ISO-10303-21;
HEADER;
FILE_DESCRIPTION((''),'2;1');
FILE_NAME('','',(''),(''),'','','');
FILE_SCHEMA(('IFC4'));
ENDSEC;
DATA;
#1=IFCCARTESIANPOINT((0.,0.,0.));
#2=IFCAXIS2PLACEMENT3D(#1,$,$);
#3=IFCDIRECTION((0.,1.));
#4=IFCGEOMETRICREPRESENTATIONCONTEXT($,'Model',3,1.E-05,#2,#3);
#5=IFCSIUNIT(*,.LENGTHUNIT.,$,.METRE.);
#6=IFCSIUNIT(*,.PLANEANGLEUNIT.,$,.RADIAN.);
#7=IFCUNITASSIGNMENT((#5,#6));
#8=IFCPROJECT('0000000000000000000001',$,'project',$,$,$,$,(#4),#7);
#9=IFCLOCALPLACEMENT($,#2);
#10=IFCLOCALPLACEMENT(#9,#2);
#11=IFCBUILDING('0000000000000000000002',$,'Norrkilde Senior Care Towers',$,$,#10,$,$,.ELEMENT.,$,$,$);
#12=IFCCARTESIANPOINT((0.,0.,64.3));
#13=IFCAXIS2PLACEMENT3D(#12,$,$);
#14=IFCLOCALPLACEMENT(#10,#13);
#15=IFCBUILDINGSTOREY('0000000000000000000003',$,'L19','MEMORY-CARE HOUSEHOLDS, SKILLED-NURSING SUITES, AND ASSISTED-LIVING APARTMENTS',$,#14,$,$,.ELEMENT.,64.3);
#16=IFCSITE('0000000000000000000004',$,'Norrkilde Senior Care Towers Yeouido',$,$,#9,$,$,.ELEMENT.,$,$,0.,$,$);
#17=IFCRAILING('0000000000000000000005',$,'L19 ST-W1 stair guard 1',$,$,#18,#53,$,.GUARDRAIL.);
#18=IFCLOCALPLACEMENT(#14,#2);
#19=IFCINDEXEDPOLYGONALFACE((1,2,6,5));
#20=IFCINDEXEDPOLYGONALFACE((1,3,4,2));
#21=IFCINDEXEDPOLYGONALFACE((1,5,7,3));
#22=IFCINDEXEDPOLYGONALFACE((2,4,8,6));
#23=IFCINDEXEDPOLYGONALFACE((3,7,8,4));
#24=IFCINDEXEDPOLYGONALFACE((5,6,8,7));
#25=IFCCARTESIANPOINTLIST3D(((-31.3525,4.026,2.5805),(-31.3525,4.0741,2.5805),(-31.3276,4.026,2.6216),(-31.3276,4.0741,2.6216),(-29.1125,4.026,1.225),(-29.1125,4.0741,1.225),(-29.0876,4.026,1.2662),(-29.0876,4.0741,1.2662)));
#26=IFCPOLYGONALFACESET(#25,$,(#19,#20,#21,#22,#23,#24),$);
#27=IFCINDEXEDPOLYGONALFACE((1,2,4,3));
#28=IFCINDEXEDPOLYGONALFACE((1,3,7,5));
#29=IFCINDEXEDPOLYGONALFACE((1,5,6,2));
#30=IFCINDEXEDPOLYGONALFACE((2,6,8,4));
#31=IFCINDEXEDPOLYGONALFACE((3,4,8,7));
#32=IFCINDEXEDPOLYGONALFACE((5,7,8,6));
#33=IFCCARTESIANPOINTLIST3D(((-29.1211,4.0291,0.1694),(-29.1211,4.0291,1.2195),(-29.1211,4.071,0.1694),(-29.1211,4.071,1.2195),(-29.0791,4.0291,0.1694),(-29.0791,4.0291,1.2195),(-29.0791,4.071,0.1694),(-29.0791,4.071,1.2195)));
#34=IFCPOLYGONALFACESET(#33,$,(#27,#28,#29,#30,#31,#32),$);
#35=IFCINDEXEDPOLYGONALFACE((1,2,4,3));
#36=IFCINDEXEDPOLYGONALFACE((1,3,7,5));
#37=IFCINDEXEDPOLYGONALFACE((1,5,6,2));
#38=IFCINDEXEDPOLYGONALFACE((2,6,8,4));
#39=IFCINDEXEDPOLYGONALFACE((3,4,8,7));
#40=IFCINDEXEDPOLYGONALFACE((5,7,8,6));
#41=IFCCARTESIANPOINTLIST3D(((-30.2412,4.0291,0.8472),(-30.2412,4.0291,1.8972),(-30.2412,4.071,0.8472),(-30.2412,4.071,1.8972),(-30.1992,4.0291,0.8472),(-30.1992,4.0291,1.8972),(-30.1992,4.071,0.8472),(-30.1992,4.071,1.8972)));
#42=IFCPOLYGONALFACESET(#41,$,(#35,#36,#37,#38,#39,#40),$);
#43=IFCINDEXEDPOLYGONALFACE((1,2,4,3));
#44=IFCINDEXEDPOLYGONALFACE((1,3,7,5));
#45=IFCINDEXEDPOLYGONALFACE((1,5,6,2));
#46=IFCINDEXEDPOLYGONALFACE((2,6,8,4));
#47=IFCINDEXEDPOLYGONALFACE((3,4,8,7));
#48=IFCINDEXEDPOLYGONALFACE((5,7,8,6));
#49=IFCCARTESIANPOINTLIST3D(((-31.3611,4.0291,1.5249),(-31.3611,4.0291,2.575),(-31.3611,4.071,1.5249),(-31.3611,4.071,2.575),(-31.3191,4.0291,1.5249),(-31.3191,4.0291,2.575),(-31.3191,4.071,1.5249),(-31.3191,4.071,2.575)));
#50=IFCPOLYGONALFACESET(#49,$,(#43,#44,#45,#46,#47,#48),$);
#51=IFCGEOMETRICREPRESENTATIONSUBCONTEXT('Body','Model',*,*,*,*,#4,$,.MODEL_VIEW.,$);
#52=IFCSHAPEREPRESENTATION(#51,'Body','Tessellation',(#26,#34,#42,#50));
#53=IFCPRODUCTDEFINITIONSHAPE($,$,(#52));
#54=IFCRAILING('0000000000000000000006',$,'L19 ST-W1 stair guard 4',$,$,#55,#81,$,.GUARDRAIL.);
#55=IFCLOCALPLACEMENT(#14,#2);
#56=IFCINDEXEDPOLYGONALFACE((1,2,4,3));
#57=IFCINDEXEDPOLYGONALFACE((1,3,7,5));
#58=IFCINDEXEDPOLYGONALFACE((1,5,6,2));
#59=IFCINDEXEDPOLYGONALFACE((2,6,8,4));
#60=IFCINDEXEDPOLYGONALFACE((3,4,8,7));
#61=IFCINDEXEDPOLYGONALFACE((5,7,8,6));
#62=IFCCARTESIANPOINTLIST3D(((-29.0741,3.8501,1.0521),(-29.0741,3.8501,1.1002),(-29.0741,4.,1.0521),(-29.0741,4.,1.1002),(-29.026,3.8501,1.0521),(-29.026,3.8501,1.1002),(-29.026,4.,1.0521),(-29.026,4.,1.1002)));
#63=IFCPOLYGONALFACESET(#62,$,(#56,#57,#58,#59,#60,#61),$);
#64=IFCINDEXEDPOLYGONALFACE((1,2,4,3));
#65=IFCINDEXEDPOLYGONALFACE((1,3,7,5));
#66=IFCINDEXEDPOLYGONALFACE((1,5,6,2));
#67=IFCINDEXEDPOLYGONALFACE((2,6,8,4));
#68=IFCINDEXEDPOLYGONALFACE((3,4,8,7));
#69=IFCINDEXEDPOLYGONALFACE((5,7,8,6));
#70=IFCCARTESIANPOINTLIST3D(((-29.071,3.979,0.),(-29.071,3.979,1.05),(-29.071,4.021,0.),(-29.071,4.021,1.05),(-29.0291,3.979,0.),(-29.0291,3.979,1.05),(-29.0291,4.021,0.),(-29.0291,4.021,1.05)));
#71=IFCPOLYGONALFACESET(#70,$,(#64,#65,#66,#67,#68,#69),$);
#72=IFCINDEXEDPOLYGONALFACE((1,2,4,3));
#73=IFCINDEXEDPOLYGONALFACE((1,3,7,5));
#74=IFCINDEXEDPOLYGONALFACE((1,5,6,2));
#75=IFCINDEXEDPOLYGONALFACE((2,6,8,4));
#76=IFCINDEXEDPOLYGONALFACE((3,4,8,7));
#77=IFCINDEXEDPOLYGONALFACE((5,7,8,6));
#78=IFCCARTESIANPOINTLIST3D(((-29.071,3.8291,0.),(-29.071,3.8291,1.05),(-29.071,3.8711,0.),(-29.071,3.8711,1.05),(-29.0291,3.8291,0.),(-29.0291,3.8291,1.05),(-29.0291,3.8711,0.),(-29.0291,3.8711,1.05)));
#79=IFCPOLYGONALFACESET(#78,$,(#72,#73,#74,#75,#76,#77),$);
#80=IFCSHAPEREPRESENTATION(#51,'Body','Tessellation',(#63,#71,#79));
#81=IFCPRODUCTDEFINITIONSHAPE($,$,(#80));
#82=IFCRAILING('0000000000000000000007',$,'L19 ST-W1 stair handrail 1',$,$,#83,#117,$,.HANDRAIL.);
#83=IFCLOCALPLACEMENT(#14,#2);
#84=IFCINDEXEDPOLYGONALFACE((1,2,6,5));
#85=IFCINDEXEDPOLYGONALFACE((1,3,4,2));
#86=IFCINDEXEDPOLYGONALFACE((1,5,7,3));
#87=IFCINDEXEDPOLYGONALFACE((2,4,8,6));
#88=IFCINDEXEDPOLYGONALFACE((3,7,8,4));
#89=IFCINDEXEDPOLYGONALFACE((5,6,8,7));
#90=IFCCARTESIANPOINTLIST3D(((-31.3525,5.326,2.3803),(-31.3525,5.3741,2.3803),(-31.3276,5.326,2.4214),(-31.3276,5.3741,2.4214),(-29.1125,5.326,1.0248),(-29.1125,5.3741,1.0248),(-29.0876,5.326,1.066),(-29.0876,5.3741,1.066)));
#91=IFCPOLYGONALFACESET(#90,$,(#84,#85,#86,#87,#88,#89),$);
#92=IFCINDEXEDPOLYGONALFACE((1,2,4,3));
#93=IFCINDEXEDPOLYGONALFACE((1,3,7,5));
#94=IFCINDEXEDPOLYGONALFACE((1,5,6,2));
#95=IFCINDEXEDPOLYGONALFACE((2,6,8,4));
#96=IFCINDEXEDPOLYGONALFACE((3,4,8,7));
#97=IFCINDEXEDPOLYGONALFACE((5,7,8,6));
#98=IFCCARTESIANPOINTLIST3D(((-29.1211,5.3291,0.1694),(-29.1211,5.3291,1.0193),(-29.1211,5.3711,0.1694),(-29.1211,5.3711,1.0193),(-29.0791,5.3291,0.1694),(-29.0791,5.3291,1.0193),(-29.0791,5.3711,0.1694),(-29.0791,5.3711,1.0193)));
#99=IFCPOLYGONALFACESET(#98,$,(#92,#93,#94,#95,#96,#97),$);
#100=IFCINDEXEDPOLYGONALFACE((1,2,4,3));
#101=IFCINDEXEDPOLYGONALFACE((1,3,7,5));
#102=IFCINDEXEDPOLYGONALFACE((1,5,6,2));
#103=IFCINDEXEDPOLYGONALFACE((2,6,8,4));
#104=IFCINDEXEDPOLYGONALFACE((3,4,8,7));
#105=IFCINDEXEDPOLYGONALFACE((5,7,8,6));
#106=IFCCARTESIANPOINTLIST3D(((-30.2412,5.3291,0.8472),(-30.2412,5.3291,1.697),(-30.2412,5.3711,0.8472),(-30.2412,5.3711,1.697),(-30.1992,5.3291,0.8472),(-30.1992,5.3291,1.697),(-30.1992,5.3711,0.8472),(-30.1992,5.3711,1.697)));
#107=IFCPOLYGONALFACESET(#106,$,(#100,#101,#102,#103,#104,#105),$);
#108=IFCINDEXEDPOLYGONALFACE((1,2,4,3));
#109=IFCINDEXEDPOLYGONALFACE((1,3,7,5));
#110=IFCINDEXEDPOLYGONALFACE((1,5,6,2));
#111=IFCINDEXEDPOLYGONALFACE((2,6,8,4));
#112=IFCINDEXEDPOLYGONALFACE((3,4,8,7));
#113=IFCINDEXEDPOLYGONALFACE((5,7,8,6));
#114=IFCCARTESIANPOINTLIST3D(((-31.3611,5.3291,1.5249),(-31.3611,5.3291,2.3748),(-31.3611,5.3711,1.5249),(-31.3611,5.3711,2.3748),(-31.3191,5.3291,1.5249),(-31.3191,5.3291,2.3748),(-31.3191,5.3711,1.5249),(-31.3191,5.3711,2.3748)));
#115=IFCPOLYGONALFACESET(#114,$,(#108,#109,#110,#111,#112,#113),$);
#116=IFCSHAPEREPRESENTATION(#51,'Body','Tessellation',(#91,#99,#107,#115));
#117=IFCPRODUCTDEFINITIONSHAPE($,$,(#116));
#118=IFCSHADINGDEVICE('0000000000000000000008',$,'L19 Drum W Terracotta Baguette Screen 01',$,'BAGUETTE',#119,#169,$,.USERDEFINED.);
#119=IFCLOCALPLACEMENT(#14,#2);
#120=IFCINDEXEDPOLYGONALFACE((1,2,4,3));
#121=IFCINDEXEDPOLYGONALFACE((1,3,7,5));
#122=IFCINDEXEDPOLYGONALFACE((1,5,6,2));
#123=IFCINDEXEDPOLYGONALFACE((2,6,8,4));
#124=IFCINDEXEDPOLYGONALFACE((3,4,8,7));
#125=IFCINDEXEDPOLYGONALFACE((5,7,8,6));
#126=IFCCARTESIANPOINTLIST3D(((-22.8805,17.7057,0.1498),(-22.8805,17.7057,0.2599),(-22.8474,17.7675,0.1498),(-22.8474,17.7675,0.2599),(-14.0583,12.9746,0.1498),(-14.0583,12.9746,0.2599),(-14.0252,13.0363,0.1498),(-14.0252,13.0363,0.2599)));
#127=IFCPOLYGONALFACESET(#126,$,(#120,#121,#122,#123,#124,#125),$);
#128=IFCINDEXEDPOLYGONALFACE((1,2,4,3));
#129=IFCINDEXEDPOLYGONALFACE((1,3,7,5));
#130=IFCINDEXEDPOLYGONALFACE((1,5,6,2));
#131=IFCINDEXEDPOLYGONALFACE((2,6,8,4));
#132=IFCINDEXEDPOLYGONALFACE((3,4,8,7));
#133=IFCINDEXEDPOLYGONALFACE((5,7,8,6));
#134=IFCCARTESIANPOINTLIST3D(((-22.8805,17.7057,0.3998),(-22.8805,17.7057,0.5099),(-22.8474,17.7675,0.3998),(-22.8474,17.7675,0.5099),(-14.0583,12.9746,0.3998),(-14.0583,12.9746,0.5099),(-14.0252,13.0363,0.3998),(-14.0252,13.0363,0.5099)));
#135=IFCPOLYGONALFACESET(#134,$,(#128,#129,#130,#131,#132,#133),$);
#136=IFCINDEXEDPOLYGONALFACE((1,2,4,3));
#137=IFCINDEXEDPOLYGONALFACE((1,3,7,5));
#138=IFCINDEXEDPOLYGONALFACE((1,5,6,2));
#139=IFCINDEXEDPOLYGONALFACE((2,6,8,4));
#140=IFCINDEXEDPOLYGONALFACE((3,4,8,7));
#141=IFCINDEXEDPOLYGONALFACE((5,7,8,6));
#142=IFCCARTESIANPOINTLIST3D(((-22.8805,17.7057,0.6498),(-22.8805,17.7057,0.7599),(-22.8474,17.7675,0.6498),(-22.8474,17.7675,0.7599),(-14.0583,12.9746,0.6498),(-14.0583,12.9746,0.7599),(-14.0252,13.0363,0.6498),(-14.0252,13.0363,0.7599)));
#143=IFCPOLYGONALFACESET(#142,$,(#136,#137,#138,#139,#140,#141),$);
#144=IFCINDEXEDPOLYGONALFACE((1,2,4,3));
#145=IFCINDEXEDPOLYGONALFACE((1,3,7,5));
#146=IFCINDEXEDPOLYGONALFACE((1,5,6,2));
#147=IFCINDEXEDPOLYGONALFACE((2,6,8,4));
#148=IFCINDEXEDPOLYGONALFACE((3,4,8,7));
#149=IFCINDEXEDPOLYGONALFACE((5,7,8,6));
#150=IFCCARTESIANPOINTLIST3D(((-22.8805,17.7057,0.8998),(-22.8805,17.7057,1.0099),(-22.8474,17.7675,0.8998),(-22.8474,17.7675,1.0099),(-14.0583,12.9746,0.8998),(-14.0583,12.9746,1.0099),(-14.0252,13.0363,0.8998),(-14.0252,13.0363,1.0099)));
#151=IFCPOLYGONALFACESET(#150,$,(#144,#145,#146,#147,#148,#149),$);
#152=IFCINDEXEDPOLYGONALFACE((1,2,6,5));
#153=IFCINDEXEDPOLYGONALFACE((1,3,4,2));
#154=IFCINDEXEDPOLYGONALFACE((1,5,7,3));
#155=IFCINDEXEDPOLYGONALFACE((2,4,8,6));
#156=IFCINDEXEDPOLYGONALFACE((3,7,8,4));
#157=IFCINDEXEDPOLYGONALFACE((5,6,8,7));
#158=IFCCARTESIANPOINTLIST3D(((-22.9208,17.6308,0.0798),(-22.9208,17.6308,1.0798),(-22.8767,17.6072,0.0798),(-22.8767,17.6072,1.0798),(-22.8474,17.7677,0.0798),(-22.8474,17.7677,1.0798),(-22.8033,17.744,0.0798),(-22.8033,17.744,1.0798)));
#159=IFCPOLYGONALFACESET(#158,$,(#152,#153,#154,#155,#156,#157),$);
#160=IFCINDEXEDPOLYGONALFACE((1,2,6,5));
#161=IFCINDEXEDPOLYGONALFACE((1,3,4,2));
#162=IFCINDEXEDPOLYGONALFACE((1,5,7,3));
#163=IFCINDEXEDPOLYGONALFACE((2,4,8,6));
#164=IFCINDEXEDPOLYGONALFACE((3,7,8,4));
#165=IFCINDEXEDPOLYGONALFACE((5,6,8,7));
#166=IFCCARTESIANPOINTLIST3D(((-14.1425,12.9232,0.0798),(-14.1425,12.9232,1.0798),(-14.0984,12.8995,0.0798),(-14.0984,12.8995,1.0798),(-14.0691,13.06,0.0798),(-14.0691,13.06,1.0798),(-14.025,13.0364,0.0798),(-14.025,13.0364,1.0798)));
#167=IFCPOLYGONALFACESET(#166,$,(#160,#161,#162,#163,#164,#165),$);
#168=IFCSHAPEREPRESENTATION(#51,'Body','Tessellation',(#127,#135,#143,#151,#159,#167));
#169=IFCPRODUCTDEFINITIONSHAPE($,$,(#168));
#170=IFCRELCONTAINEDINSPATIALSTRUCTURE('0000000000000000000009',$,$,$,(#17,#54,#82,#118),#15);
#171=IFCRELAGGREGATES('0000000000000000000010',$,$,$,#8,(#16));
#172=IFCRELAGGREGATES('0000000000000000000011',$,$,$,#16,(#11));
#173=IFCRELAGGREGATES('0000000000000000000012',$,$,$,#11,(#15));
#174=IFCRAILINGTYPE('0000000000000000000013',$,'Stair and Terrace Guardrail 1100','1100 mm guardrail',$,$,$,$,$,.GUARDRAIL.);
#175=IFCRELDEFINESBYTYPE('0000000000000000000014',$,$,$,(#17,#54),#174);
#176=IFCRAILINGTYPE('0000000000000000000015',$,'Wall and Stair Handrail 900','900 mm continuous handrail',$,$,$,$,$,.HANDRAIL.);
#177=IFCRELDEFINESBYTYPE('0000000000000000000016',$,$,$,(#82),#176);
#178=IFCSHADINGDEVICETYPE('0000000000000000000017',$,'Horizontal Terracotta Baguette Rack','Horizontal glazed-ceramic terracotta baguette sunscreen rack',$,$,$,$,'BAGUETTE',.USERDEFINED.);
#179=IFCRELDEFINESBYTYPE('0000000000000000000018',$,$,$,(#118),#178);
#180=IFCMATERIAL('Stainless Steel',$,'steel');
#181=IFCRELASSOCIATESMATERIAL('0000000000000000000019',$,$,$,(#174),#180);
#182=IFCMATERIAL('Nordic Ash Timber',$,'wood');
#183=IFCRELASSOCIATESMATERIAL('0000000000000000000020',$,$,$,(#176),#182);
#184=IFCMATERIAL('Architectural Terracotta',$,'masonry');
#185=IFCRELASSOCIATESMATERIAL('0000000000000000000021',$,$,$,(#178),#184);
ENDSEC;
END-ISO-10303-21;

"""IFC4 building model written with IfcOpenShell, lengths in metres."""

from ifc_helpers import new_model, si_unit, direction, frame, origin, origin_2d, place, context, subcontext, project, spatial, rectangle, extrude, source, transform, mapped, material, type_object, type_shapes, element, save


model = new_model("IFC4")

# Units and contexts
model_context = context("Model", 3, precision=1e-05, world=origin(), true_north=direction((0.0, 1.0)))
body_context = subcontext(model_context, "Body", "Model", "MODEL_VIEW")
ifc_project = project(units=[si_unit("LENGTHUNIT", "METRE"), si_unit("PLANEANGLEUNIT", "RADIAN")], contexts=[model_context])

# Site, building, storey
site_placement = place(None, origin())
site = spatial("IfcSite", under=ifc_project, at=site_placement, Name="Norrkilde Senior Care Towers Yeouido", CompositionType="ELEMENT", RefElevation=0.0)
building_placement = place(site_placement, origin())
building = spatial("IfcBuilding", under=site, at=building_placement, Name="Norrkilde Senior Care Towers", CompositionType="ELEMENT")
storey_placement = place(building_placement, frame((0.0, 0.0, 64.3)))
storey = spatial("IfcBuildingStorey", under=building, at=storey_placement, Name="L19", Description="MEMORY-CARE HOUSEHOLDS, SKILLED-NURSING SUITES, AND ASSISTED-LIVING APARTMENTS", CompositionType="ELEMENT", Elevation=64.3)

# Shared definitions
ifc_material_1 = material(Name="Nordic Ash Timber", Category="wood")

# Railings
ifc_material_2 = material(Name="Stainless Steel", Category="steel")
railing_type_1 = type_object("IfcRailingType", Name="Stair and Terrace Guardrail 1100", Description="1100 mm guardrail", PredefinedType="GUARDRAIL", material=ifc_material_2)
railing_1_placement = place(storey_placement, frame((-29.1001, 4.05, 0.1694)))
element("IfcRailing", 1, at=railing_1_placement, inside=storey, type_object=railing_type_1, Name="L19 ST-W1 stair guard 1", PredefinedType="GUARDRAIL", context=body_context, shape_type="SweptSolid", body=[
    extrude(rectangle(XDim=0.0481, YDim=0.0481, at=origin_2d()), frame((0.0, 0.0, 1.0762), z_axis=(-0.855553, 0.0, 0.517715), x_axis=(0.0, -1.0, 0.0)), (0.0, 0.0, 1.0), 2.6182),
    extrude(rectangle(XDim=0.042, YDim=0.042, at=origin_2d()), origin(), (0.0, 0.0, 1.0), 1.05),
    extrude(rectangle(XDim=0.042, YDim=0.042, at=origin_2d()), frame((-1.1201, 0.0, 0.6777)), (0.0, 0.0, 1.0), 1.05),
    extrude(rectangle(XDim=0.042, YDim=0.042, at=origin_2d()), frame((-2.24, 0.0, 1.3555)), (0.0, 0.0, 1.0), 1.05),
])
railing_2_placement = place(storey_placement, frame((-29.05, 4.0, 0.0)))
element("IfcRailing", 2, at=railing_2_placement, inside=storey, type_object=railing_type_1, Name="L19 ST-W1 stair guard 4", PredefinedType="GUARDRAIL", context=body_context, shape_type="SweptSolid", body=[
    extrude(rectangle(XDim=0.0481, YDim=0.0481, at=origin_2d()), frame((0.0, 0.0, 1.0762), z_axis=(0.0, -1.0, 0.0), x_axis=(1.0, 0.0, 0.0)), (0.0, 0.0, 1.0), 0.1499),
    extrude(rectangle(XDim=0.042, YDim=0.042, at=origin_2d()), origin(), (0.0, 0.0, 1.0), 1.05),
    extrude(rectangle(XDim=0.042, YDim=0.042, at=origin_2d()), frame((0.0, -0.1499, 0.0)), (0.0, 0.0, 1.0), 1.05),
])
railing_type_2 = type_object("IfcRailingType", Name="Wall and Stair Handrail 900", Description="900 mm continuous handrail", PredefinedType="HANDRAIL", material=ifc_material_1)
railing_3_placement = place(storey_placement, frame((-29.1001, 5.3501, 0.1694)))
element("IfcRailing", 3, at=railing_3_placement, inside=storey, type_object=railing_type_2, Name="L19 ST-W1 stair handrail 1", PredefinedType="HANDRAIL", context=body_context, shape_type="SweptSolid", body=[
    extrude(rectangle(XDim=0.0481, YDim=0.0481, at=origin_2d()), frame((0.0, 0.0, 0.876), z_axis=(-0.855553, 0.0, 0.517715), x_axis=(0.0, -1.0, 0.0)), (0.0, 0.0, 1.0), 2.6182),
    extrude(rectangle(XDim=0.042, YDim=0.042, at=origin_2d()), origin(), (0.0, 0.0, 1.0), 0.8499),
    extrude(rectangle(XDim=0.042, YDim=0.042, at=origin_2d()), frame((-1.1201, 0.0, 0.6777)), (0.0, 0.0, 1.0), 0.8499),
    extrude(rectangle(XDim=0.042, YDim=0.042, at=origin_2d()), frame((-2.24, 0.0, 1.3555)), (0.0, 0.0, 1.0), 0.8499),
])

# Shading device
ifc_material_3 = material(Name="Architectural Terracotta", Category="masonry")
shading_device_type = type_object("IfcShadingDeviceType", Name="Horizontal Terracotta Baguette Rack", Description="Horizontal glazed-ceramic terracotta baguette sunscreen rack", ElementType="BAGUETTE", PredefinedType="USERDEFINED", material=ifc_material_3)
shared_shape_1 = source(origin(), body_context, "Body", "SweptSolid", [
    extrude(rectangle(XDim=0.0701, YDim=0.1101, at=origin_2d()), frame((0.0, 0.0901, 0.125), z_axis=(1.0, 0.0, 0.0), x_axis=(0.0, 1.0, 0.0)), (0.0, 0.0, 1.0), 10.0107),
    extrude(rectangle(XDim=0.0701, YDim=0.1101, at=origin_2d()), frame((0.0, 0.0901, 0.375), z_axis=(1.0, 0.0, 0.0), x_axis=(0.0, 1.0, 0.0)), (0.0, 0.0, 1.0), 10.0107),
    extrude(rectangle(XDim=0.0701, YDim=0.1101, at=origin_2d()), frame((0.0, 0.0901, 0.625), z_axis=(1.0, 0.0, 0.0), x_axis=(0.0, 1.0, 0.0)), (0.0, 0.0, 1.0), 10.0107),
    extrude(rectangle(XDim=0.0701, YDim=0.1101, at=origin_2d()), frame((0.0, 0.0901, 0.875), z_axis=(1.0, 0.0, 0.0), x_axis=(0.0, 1.0, 0.0)), (0.0, 0.0, 1.0), 10.0107),
    extrude(rectangle(XDim=0.05, YDim=0.1553, at=origin_2d()), frame((0.0249, 0.0476, 0.0)), (0.0, 0.0, 1.0), 1.0),
    extrude(rectangle(XDim=0.05, YDim=0.1553, at=origin_2d()), frame((9.9858, 0.0476, 0.0)), (0.0, 0.0, 1.0), 1.0),
])
type_shapes(shading_device_type, [shared_shape_1])
shading_device_placement = place(storey_placement, frame((-22.9065, 17.6572, 0.0798), z_axis=(0.0, 0.0, 1.0), x_axis=(0.88128, -0.472612, 0.0)))
element("IfcShadingDevice", 4, at=shading_device_placement, inside=storey, type_object=shading_device_type, Name="L19 Drum W Terracotta Baguette Screen 01", ObjectType="BAGUETTE", PredefinedType="USERDEFINED", context=body_context, shape_type="MappedRepresentation", body=[
    mapped(shared_shape_1, transform((0.0, 0.0, 0.0), x_axis=(1.0, 0.0, 0.0), y_axis=(0.0, 1.0, 0.0), z_axis=(0.0, 0.0, 1.0), scale=1.0)),
])

save(model, "model.ifc")
